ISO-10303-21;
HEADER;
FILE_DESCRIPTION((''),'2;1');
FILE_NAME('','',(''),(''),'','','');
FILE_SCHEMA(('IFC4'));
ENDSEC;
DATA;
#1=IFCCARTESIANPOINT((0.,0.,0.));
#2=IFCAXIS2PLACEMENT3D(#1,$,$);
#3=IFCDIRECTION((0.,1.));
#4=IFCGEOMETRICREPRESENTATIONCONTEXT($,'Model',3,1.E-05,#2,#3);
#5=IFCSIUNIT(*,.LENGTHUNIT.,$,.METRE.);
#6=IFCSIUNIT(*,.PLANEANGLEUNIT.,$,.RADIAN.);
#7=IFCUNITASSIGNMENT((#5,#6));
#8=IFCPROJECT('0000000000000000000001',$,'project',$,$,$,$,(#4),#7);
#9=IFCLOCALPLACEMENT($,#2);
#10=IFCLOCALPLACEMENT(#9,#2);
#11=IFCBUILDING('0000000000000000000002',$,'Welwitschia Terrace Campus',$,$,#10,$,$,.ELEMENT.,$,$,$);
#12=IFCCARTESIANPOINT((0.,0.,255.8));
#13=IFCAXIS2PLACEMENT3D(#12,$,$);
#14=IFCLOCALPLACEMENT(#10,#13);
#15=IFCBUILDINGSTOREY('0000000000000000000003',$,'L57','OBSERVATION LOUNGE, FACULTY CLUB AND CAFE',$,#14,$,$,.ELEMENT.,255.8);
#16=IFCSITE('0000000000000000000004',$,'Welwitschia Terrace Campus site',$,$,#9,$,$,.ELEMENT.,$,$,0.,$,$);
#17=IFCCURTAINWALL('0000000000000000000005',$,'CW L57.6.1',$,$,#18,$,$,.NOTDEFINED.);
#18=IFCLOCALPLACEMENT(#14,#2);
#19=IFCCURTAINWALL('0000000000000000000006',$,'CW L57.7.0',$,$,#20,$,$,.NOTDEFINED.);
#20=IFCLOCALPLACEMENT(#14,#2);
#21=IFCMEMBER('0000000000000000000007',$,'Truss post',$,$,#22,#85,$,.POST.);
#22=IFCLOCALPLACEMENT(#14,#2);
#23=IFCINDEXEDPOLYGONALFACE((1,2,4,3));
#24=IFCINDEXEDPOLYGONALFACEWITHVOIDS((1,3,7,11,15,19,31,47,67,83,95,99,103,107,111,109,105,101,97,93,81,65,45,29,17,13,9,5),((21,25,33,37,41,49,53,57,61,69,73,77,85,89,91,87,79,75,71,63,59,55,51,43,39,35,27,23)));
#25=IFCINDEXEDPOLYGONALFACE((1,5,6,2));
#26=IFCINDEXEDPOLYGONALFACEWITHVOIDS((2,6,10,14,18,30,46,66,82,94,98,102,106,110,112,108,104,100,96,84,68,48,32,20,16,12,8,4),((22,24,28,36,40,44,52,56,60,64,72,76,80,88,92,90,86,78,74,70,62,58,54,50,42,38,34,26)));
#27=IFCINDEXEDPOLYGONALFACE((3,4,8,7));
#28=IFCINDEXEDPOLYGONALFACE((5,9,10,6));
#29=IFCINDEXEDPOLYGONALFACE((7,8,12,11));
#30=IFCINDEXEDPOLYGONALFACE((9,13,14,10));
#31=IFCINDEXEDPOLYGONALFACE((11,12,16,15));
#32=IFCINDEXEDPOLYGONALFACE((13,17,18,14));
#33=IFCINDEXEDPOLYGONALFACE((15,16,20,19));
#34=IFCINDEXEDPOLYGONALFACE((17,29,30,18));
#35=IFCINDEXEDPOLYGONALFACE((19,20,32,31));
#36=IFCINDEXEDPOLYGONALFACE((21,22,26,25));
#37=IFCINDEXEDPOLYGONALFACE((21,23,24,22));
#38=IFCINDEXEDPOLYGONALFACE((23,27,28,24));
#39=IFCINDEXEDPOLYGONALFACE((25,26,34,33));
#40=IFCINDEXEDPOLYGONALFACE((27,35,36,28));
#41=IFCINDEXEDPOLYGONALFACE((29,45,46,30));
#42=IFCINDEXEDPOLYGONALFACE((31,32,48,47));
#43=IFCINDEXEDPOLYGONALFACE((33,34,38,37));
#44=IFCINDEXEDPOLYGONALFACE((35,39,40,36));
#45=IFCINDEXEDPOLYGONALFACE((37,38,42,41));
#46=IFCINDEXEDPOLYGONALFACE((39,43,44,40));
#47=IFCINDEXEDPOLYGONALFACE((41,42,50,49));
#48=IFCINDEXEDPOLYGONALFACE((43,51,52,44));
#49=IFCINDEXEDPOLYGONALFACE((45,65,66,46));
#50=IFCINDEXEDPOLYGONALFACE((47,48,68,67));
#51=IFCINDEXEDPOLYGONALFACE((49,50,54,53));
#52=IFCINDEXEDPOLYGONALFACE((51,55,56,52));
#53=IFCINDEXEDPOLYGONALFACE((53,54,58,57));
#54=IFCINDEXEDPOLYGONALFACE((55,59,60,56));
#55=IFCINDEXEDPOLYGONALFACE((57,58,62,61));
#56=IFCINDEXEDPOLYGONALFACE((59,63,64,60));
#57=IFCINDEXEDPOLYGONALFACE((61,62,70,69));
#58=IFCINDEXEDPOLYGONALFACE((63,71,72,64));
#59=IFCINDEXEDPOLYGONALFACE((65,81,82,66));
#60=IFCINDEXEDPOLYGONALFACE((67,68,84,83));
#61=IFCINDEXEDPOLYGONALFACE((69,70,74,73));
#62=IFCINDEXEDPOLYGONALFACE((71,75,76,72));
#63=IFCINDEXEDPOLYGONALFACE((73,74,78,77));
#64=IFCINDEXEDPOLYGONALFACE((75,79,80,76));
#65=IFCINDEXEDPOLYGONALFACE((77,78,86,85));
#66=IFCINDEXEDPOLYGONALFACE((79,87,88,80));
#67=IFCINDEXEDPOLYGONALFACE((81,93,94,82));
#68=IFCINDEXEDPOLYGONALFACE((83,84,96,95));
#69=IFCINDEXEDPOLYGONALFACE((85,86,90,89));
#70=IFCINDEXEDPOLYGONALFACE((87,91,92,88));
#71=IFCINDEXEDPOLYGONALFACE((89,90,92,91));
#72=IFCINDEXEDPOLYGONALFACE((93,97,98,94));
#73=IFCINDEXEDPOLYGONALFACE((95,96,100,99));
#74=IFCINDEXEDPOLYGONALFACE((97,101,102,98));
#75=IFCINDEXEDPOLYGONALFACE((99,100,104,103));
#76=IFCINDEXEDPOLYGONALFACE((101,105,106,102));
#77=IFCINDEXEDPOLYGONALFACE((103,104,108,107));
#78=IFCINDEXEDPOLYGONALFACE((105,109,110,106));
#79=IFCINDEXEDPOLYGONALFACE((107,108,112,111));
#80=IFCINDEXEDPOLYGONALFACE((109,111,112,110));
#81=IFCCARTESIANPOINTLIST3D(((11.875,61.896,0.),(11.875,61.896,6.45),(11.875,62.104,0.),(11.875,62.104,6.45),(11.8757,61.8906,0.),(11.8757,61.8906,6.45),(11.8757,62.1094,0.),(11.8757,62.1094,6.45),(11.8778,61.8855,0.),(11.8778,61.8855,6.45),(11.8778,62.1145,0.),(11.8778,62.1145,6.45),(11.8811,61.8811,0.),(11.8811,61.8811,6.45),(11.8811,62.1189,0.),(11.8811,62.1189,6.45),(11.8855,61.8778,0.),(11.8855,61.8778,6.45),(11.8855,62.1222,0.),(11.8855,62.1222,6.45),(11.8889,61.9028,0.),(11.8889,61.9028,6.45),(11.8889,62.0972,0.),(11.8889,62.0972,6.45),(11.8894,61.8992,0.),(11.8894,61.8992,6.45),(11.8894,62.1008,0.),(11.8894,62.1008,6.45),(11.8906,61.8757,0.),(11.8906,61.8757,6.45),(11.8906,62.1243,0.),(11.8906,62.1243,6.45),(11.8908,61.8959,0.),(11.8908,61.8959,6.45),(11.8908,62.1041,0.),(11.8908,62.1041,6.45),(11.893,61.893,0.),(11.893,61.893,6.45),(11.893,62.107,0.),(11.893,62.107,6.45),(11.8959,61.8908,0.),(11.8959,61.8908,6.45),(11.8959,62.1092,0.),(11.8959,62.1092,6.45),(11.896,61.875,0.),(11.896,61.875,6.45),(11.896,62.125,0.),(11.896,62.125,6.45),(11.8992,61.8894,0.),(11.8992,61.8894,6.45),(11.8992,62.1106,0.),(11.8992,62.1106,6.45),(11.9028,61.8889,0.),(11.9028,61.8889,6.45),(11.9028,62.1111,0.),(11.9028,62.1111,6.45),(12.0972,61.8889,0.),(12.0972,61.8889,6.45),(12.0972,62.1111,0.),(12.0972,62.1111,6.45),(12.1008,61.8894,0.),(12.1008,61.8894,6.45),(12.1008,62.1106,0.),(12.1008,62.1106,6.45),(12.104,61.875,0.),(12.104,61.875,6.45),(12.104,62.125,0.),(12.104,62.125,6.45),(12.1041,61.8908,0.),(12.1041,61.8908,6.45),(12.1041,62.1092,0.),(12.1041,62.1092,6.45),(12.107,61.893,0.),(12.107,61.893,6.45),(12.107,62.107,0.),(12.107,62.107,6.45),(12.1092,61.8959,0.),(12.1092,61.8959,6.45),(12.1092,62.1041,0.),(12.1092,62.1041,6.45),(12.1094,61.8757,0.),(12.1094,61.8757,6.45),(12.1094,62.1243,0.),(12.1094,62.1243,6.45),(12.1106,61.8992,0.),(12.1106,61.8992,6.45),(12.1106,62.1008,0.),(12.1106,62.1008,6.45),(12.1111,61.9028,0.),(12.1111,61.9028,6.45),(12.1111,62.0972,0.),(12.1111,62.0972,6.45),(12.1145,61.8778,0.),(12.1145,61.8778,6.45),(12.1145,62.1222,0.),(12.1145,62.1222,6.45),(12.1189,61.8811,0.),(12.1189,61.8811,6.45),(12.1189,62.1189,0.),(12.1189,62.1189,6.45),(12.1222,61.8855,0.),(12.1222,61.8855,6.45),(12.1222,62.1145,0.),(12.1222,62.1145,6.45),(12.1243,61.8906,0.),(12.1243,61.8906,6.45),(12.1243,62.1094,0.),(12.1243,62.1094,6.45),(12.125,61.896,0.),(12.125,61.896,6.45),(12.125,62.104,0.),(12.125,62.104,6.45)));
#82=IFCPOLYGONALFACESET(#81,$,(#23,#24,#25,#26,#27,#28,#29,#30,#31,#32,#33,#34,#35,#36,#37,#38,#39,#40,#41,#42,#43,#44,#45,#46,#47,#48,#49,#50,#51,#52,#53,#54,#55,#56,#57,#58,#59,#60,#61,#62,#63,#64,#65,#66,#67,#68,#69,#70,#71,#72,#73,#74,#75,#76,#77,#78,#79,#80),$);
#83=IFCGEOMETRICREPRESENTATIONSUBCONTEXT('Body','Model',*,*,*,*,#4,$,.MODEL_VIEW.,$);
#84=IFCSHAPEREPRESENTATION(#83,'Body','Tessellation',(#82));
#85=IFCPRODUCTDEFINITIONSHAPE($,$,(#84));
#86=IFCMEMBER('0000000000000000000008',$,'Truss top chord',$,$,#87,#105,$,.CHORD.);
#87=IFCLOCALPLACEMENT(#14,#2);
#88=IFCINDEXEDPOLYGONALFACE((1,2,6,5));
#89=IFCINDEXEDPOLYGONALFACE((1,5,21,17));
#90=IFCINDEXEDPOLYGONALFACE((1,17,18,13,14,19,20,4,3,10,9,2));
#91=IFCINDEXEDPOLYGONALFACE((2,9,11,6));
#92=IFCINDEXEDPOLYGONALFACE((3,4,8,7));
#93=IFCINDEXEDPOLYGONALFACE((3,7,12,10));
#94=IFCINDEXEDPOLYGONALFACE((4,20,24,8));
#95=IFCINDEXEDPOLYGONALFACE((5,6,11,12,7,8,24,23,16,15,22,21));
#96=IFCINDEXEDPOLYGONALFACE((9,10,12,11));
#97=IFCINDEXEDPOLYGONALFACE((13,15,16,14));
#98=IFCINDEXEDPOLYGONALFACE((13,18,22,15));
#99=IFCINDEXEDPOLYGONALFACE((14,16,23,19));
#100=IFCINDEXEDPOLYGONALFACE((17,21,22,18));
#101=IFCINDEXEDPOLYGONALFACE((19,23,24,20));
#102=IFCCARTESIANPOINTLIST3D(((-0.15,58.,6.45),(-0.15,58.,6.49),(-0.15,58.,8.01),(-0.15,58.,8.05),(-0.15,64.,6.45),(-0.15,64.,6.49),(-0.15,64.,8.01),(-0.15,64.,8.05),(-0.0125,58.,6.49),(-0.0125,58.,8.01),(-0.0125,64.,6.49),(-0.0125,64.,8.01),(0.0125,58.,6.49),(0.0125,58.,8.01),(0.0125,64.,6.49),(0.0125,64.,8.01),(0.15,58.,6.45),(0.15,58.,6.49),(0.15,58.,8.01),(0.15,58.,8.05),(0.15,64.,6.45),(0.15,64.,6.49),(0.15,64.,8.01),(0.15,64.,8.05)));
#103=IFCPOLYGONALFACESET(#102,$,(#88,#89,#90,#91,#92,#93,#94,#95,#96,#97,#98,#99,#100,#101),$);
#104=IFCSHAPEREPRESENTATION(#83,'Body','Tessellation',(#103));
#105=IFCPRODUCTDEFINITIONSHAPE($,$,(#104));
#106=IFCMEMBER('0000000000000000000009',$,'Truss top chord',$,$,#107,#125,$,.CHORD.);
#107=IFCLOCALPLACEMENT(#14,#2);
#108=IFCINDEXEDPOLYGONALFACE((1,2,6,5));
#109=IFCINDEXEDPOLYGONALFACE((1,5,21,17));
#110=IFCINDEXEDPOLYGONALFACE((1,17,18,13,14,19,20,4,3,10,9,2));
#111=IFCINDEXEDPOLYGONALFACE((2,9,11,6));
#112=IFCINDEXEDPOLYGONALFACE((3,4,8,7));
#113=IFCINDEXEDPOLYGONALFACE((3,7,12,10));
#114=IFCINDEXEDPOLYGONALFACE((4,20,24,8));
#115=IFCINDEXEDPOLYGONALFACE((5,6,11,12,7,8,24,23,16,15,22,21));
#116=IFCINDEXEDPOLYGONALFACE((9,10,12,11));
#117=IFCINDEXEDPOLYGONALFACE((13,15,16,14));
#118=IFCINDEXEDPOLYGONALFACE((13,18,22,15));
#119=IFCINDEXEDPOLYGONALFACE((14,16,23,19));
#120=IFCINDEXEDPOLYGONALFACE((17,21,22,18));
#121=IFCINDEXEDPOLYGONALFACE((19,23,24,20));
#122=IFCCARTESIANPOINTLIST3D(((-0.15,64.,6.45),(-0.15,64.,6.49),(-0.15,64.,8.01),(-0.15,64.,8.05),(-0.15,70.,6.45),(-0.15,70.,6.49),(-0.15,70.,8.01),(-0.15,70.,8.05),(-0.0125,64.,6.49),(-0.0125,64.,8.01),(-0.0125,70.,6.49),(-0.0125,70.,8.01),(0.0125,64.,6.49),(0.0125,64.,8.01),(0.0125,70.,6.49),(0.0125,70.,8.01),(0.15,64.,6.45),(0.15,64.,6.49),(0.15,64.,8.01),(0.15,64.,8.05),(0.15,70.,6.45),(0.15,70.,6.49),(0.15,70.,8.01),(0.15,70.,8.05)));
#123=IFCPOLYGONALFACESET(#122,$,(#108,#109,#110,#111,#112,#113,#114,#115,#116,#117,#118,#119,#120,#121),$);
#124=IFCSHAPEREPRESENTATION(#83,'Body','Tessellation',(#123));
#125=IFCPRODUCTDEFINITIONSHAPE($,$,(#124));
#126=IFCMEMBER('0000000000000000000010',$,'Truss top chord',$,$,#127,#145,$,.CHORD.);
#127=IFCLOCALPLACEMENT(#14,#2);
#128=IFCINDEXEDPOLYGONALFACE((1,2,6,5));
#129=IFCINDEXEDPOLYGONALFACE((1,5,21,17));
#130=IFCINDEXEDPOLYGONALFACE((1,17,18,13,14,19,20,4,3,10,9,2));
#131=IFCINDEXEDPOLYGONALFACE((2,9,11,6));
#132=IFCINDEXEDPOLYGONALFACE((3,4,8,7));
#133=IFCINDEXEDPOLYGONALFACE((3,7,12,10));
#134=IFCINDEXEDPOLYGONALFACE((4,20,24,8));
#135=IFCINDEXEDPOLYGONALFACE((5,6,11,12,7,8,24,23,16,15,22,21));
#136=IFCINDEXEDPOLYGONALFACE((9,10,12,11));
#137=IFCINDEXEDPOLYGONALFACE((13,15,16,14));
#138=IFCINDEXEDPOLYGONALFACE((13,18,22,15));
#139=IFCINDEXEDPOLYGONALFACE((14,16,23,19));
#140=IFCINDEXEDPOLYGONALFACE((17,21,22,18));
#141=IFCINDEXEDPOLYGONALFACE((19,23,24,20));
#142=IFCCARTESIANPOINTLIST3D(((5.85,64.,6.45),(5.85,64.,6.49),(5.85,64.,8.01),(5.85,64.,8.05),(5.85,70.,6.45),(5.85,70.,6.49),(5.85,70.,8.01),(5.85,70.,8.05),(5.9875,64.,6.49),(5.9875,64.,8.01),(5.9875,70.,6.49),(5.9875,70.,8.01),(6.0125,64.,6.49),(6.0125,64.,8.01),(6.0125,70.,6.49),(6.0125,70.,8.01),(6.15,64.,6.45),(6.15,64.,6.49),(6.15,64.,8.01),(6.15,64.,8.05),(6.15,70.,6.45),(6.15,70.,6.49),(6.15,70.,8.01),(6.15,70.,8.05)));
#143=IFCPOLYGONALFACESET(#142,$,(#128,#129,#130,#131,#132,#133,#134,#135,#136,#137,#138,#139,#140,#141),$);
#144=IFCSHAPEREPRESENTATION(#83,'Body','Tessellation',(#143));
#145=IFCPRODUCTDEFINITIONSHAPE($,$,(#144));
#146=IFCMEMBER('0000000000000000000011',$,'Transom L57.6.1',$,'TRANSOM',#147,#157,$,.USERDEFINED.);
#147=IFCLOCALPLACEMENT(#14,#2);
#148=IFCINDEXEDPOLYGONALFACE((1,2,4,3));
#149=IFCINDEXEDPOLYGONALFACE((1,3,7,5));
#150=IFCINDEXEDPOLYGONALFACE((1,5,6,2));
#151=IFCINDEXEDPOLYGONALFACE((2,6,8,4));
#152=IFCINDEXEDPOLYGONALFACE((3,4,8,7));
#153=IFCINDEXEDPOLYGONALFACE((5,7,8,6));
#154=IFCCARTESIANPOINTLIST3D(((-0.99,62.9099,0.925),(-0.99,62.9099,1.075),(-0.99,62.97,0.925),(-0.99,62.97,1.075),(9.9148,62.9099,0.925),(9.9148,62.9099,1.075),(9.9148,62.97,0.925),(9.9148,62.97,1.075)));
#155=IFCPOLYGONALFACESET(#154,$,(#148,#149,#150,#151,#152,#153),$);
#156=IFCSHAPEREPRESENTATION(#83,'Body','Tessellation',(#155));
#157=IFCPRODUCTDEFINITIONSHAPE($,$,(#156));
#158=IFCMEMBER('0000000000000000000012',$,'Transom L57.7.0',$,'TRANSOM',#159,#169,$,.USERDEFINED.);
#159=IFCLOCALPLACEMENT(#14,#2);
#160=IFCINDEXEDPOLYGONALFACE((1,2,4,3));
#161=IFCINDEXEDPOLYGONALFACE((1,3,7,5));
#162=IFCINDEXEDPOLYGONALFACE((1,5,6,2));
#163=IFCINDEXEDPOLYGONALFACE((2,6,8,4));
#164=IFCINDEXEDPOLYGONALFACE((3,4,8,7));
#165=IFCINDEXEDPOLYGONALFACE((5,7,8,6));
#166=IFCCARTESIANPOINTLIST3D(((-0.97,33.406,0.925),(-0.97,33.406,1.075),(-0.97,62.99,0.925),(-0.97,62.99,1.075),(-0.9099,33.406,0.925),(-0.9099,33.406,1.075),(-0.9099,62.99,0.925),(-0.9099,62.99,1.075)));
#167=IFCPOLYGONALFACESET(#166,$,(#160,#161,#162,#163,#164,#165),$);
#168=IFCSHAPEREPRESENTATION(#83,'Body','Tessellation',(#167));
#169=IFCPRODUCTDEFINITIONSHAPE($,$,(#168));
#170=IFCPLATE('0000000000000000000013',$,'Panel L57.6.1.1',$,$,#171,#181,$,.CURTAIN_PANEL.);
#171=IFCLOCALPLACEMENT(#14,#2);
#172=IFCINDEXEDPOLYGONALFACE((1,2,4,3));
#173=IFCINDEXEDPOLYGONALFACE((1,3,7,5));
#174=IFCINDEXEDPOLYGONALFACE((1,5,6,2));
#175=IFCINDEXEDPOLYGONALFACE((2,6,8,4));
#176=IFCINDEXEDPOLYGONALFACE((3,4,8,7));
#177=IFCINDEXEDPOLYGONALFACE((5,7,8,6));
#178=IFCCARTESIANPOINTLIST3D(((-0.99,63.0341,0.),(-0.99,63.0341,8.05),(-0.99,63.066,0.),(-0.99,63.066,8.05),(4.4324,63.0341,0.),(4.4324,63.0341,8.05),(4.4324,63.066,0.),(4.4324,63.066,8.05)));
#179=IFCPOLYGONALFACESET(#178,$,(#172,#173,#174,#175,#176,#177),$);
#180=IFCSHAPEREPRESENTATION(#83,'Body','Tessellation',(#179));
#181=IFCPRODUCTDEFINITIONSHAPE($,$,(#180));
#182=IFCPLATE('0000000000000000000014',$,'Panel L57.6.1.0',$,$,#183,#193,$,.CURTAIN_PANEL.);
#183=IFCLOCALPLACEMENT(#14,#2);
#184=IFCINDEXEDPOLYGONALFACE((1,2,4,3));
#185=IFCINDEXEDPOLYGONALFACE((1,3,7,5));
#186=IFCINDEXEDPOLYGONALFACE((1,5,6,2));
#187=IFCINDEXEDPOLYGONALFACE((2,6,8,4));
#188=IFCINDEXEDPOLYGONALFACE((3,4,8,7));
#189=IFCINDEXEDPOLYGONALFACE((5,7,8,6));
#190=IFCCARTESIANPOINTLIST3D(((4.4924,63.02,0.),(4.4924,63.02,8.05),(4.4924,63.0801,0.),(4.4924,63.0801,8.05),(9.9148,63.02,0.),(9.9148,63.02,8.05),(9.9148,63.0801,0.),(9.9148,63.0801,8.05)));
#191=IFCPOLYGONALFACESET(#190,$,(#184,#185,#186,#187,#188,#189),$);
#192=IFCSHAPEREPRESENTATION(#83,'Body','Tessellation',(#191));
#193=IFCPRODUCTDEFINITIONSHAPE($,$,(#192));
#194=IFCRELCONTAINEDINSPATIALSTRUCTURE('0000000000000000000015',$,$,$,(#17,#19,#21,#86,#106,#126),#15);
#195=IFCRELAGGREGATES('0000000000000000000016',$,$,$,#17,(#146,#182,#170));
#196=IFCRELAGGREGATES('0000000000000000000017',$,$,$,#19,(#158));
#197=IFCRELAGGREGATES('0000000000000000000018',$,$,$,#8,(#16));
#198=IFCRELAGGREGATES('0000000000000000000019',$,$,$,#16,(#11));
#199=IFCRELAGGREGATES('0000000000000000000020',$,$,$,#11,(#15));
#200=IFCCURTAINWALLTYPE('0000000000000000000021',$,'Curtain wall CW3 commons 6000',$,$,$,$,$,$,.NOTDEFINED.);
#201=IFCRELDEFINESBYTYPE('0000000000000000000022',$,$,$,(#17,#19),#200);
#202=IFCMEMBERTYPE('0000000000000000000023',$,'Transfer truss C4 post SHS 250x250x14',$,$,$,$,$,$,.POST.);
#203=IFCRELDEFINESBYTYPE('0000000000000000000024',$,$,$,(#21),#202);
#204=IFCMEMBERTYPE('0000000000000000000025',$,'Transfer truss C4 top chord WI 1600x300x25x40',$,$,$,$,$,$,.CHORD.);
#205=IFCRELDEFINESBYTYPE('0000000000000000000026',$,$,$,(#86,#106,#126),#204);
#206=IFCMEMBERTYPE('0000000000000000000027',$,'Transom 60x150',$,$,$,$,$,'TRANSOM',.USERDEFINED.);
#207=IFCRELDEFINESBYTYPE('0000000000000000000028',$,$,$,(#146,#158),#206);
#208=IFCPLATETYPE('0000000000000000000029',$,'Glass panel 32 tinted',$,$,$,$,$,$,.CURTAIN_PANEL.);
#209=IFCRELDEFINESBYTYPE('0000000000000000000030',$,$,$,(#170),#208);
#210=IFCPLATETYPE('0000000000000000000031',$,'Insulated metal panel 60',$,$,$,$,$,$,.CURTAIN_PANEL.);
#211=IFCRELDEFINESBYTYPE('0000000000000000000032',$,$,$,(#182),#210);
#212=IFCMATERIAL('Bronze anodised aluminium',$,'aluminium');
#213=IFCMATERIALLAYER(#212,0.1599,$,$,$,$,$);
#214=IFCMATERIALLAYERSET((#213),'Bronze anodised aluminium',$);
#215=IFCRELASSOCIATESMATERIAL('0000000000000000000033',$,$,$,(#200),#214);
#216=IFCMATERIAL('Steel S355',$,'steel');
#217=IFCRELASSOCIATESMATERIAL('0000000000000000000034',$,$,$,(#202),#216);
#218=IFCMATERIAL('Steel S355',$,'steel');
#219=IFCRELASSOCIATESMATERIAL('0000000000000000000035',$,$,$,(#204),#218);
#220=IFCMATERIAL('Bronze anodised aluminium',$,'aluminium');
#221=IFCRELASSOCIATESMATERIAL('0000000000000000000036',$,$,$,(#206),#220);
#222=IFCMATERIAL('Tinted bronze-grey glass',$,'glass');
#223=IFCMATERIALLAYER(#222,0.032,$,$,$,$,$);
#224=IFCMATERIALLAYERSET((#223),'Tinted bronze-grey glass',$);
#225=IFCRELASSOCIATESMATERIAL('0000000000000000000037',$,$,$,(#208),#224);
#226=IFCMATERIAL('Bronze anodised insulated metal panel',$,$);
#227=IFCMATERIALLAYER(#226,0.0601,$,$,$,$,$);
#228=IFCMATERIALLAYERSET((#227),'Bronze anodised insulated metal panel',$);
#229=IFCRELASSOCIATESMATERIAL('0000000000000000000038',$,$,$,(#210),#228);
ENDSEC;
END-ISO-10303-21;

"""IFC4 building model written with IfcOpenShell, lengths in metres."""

from ifc_helpers import new_model, si_unit, direction, frame, origin, origin_2d, place, context, subcontext, project, spatial, rectangle, hollow_rectangle, i_section, extrude, material, layer, layer_set, material_profile, profile_set, type_object, element, aggregate, save


model = new_model("IFC4")

# Units and contexts
model_context = context("Model", 3, precision=1e-05, world=origin(), true_north=direction((0.0, 1.0)))
body_context = subcontext(model_context, "Body", "Model", "MODEL_VIEW")
ifc_project = project(units=[si_unit("LENGTHUNIT", "METRE"), si_unit("PLANEANGLEUNIT", "RADIAN")], contexts=[model_context])

# Site, building, storey
site_placement = place(None, origin())
site = spatial("IfcSite", under=ifc_project, at=site_placement, Name="Welwitschia Terrace Campus site", CompositionType="ELEMENT", RefElevation=0.0)
building_placement = place(site_placement, origin())
building = spatial("IfcBuilding", under=site, at=building_placement, Name="Welwitschia Terrace Campus", CompositionType="ELEMENT")
storey_placement = place(building_placement, frame((0.0, 0.0, 255.8)))
storey = spatial("IfcBuildingStorey", under=building, at=storey_placement, Name="L57", Description="OBSERVATION LOUNGE, FACULTY CLUB AND CAFE", CompositionType="ELEMENT", Elevation=255.8)

# Curtain wall
ifc_material_1 = material(Name="Bronze anodised aluminium", Category="aluminium")
ifc_layer_1 = layer(ifc_material_1, 0.1599)
ifc_layer_set_1 = layer_set([ifc_layer_1], Name="Bronze anodised aluminium")
curtain_wall_type = type_object("IfcCurtainWallType", Name="Curtain wall CW3 commons 6000", PredefinedType="NOTDEFINED", material=ifc_layer_set_1)
curtain_wall_1_placement = place(storey_placement, origin())
curtain_wall_1 = element("IfcCurtainWall", 1, at=curtain_wall_1_placement, inside=storey, type_object=curtain_wall_type, Name="CW L57.6.1", PredefinedType="NOTDEFINED")

# Curtain wall
curtain_wall_2_placement = place(storey_placement, origin())
curtain_wall_2 = element("IfcCurtainWall", 2, at=curtain_wall_2_placement, inside=storey, type_object=curtain_wall_type, Name="CW L57.7.0", PredefinedType="NOTDEFINED")

# Members
ifc_material_2 = material(Name="Steel S355", Category="steel")
ifc_material_profile_1 = material_profile(ifc_material_2, hollow_rectangle(XDim=0.25, YDim=0.25, WallThickness=0.0139, InnerFilletRadius=0.0139, OuterFilletRadius=0.021, at=origin_2d()))
ifc_profile_set_1 = profile_set([ifc_material_profile_1], Name="Steel S355")
member_type_1 = type_object("IfcMemberType", Name="Transfer truss C4 post SHS 250x250x14", PredefinedType="POST", material=ifc_profile_set_1)
for number, where, z_axis, x_axis, name in (
    (3, (12.0, 62.0, 0.0), (0.0, 0.0, 1.0), (1.0, 0.0, 0.0), "Truss post"),
):
    element("IfcMember", number, at=place(storey_placement, frame(where, z_axis=z_axis, x_axis=x_axis)), inside=storey, type_object=member_type_1, Name=name, PredefinedType="POST", context=body_context, shape_type="SweptSolid", body=[
        extrude(hollow_rectangle(XDim=0.25, YDim=0.25, WallThickness=0.0139, InnerFilletRadius=0.0139, OuterFilletRadius=0.021, at=origin_2d()), origin(), (0.0, 0.0, 1.0), 6.45),
    ])
ifc_material_3 = material(Name="Steel S355", Category="steel")
ifc_material_profile_2 = material_profile(ifc_material_3, i_section(OverallWidth=0.3, OverallDepth=1.6001, WebThickness=0.0249, FlangeThickness=0.04, at=origin_2d()))
ifc_profile_set_2 = profile_set([ifc_material_profile_2], Name="Steel S355")
member_type_2 = type_object("IfcMemberType", Name="Transfer truss C4 top chord WI 1600x300x25x40", PredefinedType="CHORD", material=ifc_profile_set_2)
for number, where, z_axis, x_axis, name in (
    (4, (0.0, 58.0, 7.25), (0.0, 1.0, 0.0), (-1.0, 0.0, 0.0), "Truss top chord"),
    (5, (0.0, 64.0, 7.25), (0.0, 1.0, 0.0), (-1.0, 0.0, 0.0), "Truss top chord"),
    (6, (6.0, 64.0, 7.25), (0.0, 1.0, 0.0), (-1.0, 0.0, 0.0), "Truss top chord"),
):
    element("IfcMember", number, at=place(storey_placement, frame(where, z_axis=z_axis, x_axis=x_axis)), inside=storey, type_object=member_type_2, Name=name, PredefinedType="CHORD", context=body_context, shape_type="SweptSolid", body=[
        extrude(i_section(OverallWidth=0.3, OverallDepth=1.6001, WebThickness=0.0249, FlangeThickness=0.04, at=origin_2d()), origin(), (0.0, 0.0, 1.0), 6.0),
    ])

# Members
ifc_material_4 = material(Name="Bronze anodised aluminium", Category="aluminium")
ifc_material_profile_3 = material_profile(ifc_material_4, rectangle(XDim=0.0601, YDim=0.1499, at=origin_2d()))
ifc_profile_set_3 = profile_set([ifc_material_profile_3], Name="Bronze anodised aluminium")
member_type_3 = type_object("IfcMemberType", Name="Transom 60x150", ElementType="TRANSOM", PredefinedType="USERDEFINED", material=ifc_profile_set_3)
member_1_placement = place(storey_placement, frame((9.9148, 62.9399, 1.0), z_axis=(-1.0, 0.0, 0.0), x_axis=(0.0, -1.0, 0.0)))
member_1 = element("IfcMember", 7, at=member_1_placement, type_object=member_type_3, Name="Transom L57.6.1", ObjectType="TRANSOM", PredefinedType="USERDEFINED", context=body_context, shape_type="SweptSolid", body=[
    extrude(rectangle(XDim=0.0601, YDim=0.1499, at=origin_2d()), origin(), (0.0, 0.0, 1.0), 10.9048),
])
member_2_placement = place(storey_placement, frame((-0.9399, 62.99, 1.0), z_axis=(0.0, -1.0, 0.0), x_axis=(1.0, 0.0, 0.0)))
member_2 = element("IfcMember", 8, at=member_2_placement, type_object=member_type_3, Name="Transom L57.7.0", ObjectType="TRANSOM", PredefinedType="USERDEFINED", context=body_context, shape_type="SweptSolid", body=[
    extrude(rectangle(XDim=0.0601, YDim=0.1499, at=origin_2d()), origin(), (0.0, 0.0, 1.0), 29.584),
])

# Plates
ifc_material_5 = material(Name="Tinted bronze-grey glass", Category="glass")
ifc_layer_2 = layer(ifc_material_5, 0.032)
ifc_layer_set_2 = layer_set([ifc_layer_2], Name="Tinted bronze-grey glass")
plate_type_1 = type_object("IfcPlateType", Name="Glass panel 32 tinted", PredefinedType="CURTAIN_PANEL", material=ifc_layer_set_2)
plate_1_placement = place(storey_placement, frame((1.7212, 63.05, 0.0), z_axis=(0.0, 0.0, 1.0), x_axis=(-1.0, 0.0, 0.0)))
plate_1 = element("IfcPlate", 9, at=plate_1_placement, type_object=plate_type_1, Name="Panel L57.6.1.1", PredefinedType="CURTAIN_PANEL", context=body_context, shape_type="SweptSolid", body=[
    extrude(rectangle(XDim=5.4224, YDim=0.032, at=origin_2d()), origin(), (0.0, 0.0, 1.0), 8.05),
])
ifc_material_6 = material(Name="Bronze anodised insulated metal panel")
ifc_layer_3 = layer(ifc_material_6, 0.0601)
ifc_layer_set_3 = layer_set([ifc_layer_3], Name="Bronze anodised insulated metal panel")
plate_type_2 = type_object("IfcPlateType", Name="Insulated metal panel 60", PredefinedType="CURTAIN_PANEL", material=ifc_layer_set_3)
plate_2_placement = place(storey_placement, frame((7.2036, 63.05, 0.0), z_axis=(0.0, 0.0, 1.0), x_axis=(-1.0, 0.0, 0.0)))
plate_2 = element("IfcPlate", 10, at=plate_2_placement, type_object=plate_type_2, Name="Panel L57.6.1.0", PredefinedType="CURTAIN_PANEL", context=body_context, shape_type="SweptSolid", body=[
    extrude(rectangle(XDim=5.4224, YDim=0.0601, at=origin_2d()), origin(), (0.0, 0.0, 1.0), 8.05),
])
aggregate(curtain_wall_1, [member_1, plate_2, plate_1])
aggregate(curtain_wall_2, [member_2])

save(model, "model.ifc")
